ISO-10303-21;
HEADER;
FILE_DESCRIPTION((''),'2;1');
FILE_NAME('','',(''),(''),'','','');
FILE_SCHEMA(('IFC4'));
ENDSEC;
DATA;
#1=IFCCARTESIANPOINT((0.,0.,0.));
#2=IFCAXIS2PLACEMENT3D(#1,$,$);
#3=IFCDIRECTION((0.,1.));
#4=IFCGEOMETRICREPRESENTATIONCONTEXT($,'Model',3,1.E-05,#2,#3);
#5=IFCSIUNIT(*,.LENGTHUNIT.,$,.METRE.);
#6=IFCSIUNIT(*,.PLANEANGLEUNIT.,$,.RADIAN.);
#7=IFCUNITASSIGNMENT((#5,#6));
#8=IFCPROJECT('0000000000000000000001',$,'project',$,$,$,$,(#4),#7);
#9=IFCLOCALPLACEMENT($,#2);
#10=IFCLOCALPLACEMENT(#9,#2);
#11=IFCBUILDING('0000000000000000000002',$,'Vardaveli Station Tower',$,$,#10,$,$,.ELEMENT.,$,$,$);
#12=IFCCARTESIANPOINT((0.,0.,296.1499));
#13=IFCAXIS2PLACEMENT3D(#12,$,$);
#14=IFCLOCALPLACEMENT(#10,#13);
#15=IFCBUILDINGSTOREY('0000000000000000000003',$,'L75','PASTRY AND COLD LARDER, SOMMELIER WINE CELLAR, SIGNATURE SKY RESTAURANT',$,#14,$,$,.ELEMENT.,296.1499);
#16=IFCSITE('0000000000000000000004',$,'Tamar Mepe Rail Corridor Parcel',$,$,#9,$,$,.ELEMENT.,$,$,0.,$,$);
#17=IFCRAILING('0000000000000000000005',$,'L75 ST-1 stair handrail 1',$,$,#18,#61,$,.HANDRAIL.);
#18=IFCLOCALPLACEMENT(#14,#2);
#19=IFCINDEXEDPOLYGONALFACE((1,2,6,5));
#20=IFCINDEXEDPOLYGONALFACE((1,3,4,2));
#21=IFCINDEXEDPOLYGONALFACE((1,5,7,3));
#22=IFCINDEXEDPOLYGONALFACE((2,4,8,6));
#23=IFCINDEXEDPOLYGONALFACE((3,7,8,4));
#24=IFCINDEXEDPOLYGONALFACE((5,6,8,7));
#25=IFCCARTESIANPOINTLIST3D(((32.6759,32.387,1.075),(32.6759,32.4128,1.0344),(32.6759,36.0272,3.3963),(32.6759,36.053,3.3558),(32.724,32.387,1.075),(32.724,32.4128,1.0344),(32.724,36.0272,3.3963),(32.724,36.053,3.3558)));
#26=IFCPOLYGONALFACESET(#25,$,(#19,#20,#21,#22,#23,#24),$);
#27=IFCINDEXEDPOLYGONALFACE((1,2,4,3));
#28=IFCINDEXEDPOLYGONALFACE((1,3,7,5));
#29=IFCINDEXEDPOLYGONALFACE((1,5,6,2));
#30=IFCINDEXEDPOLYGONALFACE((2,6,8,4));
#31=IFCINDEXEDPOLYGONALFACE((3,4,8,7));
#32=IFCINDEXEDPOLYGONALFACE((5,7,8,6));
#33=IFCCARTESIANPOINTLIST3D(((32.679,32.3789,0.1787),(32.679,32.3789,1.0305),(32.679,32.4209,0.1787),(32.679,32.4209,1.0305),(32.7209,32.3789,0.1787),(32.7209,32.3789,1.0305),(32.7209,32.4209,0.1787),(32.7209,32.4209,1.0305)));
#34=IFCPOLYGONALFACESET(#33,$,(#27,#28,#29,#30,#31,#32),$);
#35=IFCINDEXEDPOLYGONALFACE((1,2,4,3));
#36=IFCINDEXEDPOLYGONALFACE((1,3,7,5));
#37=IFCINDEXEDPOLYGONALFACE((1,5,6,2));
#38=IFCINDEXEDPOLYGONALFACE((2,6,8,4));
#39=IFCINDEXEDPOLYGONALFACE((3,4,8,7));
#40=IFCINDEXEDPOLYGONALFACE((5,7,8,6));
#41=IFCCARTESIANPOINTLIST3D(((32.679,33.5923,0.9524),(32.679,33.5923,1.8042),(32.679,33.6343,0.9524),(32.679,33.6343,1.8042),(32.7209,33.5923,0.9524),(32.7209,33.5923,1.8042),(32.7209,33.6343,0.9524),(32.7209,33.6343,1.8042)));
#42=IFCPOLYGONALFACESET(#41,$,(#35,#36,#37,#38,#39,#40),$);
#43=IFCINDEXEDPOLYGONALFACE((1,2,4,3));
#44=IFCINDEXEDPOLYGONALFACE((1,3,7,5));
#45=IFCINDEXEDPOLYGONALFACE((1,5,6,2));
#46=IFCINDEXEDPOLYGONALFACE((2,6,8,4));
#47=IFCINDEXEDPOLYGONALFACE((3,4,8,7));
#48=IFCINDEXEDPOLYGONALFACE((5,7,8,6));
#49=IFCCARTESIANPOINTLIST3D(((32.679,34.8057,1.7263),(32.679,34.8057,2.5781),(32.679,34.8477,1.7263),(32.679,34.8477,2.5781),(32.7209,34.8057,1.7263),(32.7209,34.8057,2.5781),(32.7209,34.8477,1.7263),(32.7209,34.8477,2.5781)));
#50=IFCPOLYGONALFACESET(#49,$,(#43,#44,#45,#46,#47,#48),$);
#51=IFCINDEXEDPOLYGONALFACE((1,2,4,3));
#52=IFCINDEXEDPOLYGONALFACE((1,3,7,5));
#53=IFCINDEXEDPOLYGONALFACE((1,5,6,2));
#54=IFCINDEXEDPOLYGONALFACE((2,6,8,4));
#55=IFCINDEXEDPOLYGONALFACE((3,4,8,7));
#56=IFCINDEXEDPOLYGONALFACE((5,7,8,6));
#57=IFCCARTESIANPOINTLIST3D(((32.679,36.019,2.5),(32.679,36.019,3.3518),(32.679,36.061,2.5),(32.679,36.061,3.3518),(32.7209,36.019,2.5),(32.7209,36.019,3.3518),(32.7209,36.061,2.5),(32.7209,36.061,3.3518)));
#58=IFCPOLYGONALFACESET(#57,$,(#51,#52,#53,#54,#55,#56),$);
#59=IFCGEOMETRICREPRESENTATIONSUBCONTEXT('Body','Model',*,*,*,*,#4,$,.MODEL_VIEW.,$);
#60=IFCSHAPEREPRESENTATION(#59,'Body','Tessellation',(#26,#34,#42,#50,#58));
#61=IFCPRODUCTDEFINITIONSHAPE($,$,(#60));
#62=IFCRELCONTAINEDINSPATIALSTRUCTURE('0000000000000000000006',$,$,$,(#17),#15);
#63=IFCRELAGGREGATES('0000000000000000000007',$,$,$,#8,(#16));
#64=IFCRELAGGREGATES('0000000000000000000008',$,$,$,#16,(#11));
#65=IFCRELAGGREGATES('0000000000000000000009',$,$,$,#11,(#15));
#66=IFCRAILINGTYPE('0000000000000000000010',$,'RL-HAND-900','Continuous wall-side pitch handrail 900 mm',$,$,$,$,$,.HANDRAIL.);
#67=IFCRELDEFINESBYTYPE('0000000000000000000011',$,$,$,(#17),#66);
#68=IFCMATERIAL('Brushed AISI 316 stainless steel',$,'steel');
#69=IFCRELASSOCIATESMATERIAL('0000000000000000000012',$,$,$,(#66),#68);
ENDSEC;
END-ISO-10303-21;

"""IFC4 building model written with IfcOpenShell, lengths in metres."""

from ifc_helpers import new_model, si_unit, direction, frame, origin, origin_2d, place, context, subcontext, project, spatial, rectangle, extrude, source, transform, mapped, material, type_object, element, save


model = new_model("IFC4")

# Units and contexts
model_context = context("Model", 3, precision=1e-05, world=origin(), true_north=direction((0.0, 1.0)))
body_context = subcontext(model_context, "Body", "Model", "MODEL_VIEW")
ifc_project = project(units=[si_unit("LENGTHUNIT", "METRE"), si_unit("PLANEANGLEUNIT", "RADIAN")], contexts=[model_context])

# Site, building, storey
site_placement = place(None, origin())
site = spatial("IfcSite", under=ifc_project, at=site_placement, Name="Tamar Mepe Rail Corridor Parcel", CompositionType="ELEMENT", RefElevation=0.0)
building_placement = place(site_placement, origin())
building = spatial("IfcBuilding", under=site, at=building_placement, Name="Vardaveli Station Tower", CompositionType="ELEMENT")
storey_placement = place(building_placement, frame((0.0, 0.0, 296.1499)))
storey = spatial("IfcBuildingStorey", under=building, at=storey_placement, Name="L75", Description="PASTRY AND COLD LARDER, SOMMELIER WINE CELLAR, SIGNATURE SKY RESTAURANT", CompositionType="ELEMENT", Elevation=296.1499)

# Railing
ifc_material_1 = material(Name="Brushed AISI 316 stainless steel", Category="steel")
railing_type_1 = type_object("IfcRailingType", Name="RL-HAND-900", Description="Continuous wall-side pitch handrail 900 mm", PredefinedType="HANDRAIL", material=ifc_material_1)
shared_shape_1 = source(origin(), body_context, "Body", "SweptSolid", [
    extrude(rectangle(XDim=0.0481, YDim=0.0481, at=origin_2d()), frame((0.0, 0.0, 0.876), z_axis=(0.0, 0.843153, 0.537673), x_axis=(-1.0, 0.0, 0.0)), (0.0, 0.0, 1.0), 4.3174),
    extrude(rectangle(XDim=0.042, YDim=0.042, at=origin_2d()), origin(), (0.0, 0.0, 1.0), 0.8518),
    extrude(rectangle(XDim=0.042, YDim=0.042, at=origin_2d()), frame((0.0, 1.2134, 0.7737)), (0.0, 0.0, 1.0), 0.8518),
    extrude(rectangle(XDim=0.042, YDim=0.042, at=origin_2d()), frame((0.0, 2.4268, 1.5476)), (0.0, 0.0, 1.0), 0.8518),
    extrude(rectangle(XDim=0.042, YDim=0.042, at=origin_2d()), frame((0.0, 3.6401, 2.3213)), (0.0, 0.0, 1.0), 0.8518),
])
railing_placement = place(storey_placement, frame((32.7, 32.3999, 0.1787)))
element("IfcRailing", 1, at=railing_placement, inside=storey, type_object=railing_type_1, Name="L75 ST-1 stair handrail 1", PredefinedType="HANDRAIL", context=body_context, shape_type="MappedRepresentation", body=[
    mapped(shared_shape_1, transform((0.0, 0.0, 0.0), scale=1.0)),
])

save(model, "model.ifc")
